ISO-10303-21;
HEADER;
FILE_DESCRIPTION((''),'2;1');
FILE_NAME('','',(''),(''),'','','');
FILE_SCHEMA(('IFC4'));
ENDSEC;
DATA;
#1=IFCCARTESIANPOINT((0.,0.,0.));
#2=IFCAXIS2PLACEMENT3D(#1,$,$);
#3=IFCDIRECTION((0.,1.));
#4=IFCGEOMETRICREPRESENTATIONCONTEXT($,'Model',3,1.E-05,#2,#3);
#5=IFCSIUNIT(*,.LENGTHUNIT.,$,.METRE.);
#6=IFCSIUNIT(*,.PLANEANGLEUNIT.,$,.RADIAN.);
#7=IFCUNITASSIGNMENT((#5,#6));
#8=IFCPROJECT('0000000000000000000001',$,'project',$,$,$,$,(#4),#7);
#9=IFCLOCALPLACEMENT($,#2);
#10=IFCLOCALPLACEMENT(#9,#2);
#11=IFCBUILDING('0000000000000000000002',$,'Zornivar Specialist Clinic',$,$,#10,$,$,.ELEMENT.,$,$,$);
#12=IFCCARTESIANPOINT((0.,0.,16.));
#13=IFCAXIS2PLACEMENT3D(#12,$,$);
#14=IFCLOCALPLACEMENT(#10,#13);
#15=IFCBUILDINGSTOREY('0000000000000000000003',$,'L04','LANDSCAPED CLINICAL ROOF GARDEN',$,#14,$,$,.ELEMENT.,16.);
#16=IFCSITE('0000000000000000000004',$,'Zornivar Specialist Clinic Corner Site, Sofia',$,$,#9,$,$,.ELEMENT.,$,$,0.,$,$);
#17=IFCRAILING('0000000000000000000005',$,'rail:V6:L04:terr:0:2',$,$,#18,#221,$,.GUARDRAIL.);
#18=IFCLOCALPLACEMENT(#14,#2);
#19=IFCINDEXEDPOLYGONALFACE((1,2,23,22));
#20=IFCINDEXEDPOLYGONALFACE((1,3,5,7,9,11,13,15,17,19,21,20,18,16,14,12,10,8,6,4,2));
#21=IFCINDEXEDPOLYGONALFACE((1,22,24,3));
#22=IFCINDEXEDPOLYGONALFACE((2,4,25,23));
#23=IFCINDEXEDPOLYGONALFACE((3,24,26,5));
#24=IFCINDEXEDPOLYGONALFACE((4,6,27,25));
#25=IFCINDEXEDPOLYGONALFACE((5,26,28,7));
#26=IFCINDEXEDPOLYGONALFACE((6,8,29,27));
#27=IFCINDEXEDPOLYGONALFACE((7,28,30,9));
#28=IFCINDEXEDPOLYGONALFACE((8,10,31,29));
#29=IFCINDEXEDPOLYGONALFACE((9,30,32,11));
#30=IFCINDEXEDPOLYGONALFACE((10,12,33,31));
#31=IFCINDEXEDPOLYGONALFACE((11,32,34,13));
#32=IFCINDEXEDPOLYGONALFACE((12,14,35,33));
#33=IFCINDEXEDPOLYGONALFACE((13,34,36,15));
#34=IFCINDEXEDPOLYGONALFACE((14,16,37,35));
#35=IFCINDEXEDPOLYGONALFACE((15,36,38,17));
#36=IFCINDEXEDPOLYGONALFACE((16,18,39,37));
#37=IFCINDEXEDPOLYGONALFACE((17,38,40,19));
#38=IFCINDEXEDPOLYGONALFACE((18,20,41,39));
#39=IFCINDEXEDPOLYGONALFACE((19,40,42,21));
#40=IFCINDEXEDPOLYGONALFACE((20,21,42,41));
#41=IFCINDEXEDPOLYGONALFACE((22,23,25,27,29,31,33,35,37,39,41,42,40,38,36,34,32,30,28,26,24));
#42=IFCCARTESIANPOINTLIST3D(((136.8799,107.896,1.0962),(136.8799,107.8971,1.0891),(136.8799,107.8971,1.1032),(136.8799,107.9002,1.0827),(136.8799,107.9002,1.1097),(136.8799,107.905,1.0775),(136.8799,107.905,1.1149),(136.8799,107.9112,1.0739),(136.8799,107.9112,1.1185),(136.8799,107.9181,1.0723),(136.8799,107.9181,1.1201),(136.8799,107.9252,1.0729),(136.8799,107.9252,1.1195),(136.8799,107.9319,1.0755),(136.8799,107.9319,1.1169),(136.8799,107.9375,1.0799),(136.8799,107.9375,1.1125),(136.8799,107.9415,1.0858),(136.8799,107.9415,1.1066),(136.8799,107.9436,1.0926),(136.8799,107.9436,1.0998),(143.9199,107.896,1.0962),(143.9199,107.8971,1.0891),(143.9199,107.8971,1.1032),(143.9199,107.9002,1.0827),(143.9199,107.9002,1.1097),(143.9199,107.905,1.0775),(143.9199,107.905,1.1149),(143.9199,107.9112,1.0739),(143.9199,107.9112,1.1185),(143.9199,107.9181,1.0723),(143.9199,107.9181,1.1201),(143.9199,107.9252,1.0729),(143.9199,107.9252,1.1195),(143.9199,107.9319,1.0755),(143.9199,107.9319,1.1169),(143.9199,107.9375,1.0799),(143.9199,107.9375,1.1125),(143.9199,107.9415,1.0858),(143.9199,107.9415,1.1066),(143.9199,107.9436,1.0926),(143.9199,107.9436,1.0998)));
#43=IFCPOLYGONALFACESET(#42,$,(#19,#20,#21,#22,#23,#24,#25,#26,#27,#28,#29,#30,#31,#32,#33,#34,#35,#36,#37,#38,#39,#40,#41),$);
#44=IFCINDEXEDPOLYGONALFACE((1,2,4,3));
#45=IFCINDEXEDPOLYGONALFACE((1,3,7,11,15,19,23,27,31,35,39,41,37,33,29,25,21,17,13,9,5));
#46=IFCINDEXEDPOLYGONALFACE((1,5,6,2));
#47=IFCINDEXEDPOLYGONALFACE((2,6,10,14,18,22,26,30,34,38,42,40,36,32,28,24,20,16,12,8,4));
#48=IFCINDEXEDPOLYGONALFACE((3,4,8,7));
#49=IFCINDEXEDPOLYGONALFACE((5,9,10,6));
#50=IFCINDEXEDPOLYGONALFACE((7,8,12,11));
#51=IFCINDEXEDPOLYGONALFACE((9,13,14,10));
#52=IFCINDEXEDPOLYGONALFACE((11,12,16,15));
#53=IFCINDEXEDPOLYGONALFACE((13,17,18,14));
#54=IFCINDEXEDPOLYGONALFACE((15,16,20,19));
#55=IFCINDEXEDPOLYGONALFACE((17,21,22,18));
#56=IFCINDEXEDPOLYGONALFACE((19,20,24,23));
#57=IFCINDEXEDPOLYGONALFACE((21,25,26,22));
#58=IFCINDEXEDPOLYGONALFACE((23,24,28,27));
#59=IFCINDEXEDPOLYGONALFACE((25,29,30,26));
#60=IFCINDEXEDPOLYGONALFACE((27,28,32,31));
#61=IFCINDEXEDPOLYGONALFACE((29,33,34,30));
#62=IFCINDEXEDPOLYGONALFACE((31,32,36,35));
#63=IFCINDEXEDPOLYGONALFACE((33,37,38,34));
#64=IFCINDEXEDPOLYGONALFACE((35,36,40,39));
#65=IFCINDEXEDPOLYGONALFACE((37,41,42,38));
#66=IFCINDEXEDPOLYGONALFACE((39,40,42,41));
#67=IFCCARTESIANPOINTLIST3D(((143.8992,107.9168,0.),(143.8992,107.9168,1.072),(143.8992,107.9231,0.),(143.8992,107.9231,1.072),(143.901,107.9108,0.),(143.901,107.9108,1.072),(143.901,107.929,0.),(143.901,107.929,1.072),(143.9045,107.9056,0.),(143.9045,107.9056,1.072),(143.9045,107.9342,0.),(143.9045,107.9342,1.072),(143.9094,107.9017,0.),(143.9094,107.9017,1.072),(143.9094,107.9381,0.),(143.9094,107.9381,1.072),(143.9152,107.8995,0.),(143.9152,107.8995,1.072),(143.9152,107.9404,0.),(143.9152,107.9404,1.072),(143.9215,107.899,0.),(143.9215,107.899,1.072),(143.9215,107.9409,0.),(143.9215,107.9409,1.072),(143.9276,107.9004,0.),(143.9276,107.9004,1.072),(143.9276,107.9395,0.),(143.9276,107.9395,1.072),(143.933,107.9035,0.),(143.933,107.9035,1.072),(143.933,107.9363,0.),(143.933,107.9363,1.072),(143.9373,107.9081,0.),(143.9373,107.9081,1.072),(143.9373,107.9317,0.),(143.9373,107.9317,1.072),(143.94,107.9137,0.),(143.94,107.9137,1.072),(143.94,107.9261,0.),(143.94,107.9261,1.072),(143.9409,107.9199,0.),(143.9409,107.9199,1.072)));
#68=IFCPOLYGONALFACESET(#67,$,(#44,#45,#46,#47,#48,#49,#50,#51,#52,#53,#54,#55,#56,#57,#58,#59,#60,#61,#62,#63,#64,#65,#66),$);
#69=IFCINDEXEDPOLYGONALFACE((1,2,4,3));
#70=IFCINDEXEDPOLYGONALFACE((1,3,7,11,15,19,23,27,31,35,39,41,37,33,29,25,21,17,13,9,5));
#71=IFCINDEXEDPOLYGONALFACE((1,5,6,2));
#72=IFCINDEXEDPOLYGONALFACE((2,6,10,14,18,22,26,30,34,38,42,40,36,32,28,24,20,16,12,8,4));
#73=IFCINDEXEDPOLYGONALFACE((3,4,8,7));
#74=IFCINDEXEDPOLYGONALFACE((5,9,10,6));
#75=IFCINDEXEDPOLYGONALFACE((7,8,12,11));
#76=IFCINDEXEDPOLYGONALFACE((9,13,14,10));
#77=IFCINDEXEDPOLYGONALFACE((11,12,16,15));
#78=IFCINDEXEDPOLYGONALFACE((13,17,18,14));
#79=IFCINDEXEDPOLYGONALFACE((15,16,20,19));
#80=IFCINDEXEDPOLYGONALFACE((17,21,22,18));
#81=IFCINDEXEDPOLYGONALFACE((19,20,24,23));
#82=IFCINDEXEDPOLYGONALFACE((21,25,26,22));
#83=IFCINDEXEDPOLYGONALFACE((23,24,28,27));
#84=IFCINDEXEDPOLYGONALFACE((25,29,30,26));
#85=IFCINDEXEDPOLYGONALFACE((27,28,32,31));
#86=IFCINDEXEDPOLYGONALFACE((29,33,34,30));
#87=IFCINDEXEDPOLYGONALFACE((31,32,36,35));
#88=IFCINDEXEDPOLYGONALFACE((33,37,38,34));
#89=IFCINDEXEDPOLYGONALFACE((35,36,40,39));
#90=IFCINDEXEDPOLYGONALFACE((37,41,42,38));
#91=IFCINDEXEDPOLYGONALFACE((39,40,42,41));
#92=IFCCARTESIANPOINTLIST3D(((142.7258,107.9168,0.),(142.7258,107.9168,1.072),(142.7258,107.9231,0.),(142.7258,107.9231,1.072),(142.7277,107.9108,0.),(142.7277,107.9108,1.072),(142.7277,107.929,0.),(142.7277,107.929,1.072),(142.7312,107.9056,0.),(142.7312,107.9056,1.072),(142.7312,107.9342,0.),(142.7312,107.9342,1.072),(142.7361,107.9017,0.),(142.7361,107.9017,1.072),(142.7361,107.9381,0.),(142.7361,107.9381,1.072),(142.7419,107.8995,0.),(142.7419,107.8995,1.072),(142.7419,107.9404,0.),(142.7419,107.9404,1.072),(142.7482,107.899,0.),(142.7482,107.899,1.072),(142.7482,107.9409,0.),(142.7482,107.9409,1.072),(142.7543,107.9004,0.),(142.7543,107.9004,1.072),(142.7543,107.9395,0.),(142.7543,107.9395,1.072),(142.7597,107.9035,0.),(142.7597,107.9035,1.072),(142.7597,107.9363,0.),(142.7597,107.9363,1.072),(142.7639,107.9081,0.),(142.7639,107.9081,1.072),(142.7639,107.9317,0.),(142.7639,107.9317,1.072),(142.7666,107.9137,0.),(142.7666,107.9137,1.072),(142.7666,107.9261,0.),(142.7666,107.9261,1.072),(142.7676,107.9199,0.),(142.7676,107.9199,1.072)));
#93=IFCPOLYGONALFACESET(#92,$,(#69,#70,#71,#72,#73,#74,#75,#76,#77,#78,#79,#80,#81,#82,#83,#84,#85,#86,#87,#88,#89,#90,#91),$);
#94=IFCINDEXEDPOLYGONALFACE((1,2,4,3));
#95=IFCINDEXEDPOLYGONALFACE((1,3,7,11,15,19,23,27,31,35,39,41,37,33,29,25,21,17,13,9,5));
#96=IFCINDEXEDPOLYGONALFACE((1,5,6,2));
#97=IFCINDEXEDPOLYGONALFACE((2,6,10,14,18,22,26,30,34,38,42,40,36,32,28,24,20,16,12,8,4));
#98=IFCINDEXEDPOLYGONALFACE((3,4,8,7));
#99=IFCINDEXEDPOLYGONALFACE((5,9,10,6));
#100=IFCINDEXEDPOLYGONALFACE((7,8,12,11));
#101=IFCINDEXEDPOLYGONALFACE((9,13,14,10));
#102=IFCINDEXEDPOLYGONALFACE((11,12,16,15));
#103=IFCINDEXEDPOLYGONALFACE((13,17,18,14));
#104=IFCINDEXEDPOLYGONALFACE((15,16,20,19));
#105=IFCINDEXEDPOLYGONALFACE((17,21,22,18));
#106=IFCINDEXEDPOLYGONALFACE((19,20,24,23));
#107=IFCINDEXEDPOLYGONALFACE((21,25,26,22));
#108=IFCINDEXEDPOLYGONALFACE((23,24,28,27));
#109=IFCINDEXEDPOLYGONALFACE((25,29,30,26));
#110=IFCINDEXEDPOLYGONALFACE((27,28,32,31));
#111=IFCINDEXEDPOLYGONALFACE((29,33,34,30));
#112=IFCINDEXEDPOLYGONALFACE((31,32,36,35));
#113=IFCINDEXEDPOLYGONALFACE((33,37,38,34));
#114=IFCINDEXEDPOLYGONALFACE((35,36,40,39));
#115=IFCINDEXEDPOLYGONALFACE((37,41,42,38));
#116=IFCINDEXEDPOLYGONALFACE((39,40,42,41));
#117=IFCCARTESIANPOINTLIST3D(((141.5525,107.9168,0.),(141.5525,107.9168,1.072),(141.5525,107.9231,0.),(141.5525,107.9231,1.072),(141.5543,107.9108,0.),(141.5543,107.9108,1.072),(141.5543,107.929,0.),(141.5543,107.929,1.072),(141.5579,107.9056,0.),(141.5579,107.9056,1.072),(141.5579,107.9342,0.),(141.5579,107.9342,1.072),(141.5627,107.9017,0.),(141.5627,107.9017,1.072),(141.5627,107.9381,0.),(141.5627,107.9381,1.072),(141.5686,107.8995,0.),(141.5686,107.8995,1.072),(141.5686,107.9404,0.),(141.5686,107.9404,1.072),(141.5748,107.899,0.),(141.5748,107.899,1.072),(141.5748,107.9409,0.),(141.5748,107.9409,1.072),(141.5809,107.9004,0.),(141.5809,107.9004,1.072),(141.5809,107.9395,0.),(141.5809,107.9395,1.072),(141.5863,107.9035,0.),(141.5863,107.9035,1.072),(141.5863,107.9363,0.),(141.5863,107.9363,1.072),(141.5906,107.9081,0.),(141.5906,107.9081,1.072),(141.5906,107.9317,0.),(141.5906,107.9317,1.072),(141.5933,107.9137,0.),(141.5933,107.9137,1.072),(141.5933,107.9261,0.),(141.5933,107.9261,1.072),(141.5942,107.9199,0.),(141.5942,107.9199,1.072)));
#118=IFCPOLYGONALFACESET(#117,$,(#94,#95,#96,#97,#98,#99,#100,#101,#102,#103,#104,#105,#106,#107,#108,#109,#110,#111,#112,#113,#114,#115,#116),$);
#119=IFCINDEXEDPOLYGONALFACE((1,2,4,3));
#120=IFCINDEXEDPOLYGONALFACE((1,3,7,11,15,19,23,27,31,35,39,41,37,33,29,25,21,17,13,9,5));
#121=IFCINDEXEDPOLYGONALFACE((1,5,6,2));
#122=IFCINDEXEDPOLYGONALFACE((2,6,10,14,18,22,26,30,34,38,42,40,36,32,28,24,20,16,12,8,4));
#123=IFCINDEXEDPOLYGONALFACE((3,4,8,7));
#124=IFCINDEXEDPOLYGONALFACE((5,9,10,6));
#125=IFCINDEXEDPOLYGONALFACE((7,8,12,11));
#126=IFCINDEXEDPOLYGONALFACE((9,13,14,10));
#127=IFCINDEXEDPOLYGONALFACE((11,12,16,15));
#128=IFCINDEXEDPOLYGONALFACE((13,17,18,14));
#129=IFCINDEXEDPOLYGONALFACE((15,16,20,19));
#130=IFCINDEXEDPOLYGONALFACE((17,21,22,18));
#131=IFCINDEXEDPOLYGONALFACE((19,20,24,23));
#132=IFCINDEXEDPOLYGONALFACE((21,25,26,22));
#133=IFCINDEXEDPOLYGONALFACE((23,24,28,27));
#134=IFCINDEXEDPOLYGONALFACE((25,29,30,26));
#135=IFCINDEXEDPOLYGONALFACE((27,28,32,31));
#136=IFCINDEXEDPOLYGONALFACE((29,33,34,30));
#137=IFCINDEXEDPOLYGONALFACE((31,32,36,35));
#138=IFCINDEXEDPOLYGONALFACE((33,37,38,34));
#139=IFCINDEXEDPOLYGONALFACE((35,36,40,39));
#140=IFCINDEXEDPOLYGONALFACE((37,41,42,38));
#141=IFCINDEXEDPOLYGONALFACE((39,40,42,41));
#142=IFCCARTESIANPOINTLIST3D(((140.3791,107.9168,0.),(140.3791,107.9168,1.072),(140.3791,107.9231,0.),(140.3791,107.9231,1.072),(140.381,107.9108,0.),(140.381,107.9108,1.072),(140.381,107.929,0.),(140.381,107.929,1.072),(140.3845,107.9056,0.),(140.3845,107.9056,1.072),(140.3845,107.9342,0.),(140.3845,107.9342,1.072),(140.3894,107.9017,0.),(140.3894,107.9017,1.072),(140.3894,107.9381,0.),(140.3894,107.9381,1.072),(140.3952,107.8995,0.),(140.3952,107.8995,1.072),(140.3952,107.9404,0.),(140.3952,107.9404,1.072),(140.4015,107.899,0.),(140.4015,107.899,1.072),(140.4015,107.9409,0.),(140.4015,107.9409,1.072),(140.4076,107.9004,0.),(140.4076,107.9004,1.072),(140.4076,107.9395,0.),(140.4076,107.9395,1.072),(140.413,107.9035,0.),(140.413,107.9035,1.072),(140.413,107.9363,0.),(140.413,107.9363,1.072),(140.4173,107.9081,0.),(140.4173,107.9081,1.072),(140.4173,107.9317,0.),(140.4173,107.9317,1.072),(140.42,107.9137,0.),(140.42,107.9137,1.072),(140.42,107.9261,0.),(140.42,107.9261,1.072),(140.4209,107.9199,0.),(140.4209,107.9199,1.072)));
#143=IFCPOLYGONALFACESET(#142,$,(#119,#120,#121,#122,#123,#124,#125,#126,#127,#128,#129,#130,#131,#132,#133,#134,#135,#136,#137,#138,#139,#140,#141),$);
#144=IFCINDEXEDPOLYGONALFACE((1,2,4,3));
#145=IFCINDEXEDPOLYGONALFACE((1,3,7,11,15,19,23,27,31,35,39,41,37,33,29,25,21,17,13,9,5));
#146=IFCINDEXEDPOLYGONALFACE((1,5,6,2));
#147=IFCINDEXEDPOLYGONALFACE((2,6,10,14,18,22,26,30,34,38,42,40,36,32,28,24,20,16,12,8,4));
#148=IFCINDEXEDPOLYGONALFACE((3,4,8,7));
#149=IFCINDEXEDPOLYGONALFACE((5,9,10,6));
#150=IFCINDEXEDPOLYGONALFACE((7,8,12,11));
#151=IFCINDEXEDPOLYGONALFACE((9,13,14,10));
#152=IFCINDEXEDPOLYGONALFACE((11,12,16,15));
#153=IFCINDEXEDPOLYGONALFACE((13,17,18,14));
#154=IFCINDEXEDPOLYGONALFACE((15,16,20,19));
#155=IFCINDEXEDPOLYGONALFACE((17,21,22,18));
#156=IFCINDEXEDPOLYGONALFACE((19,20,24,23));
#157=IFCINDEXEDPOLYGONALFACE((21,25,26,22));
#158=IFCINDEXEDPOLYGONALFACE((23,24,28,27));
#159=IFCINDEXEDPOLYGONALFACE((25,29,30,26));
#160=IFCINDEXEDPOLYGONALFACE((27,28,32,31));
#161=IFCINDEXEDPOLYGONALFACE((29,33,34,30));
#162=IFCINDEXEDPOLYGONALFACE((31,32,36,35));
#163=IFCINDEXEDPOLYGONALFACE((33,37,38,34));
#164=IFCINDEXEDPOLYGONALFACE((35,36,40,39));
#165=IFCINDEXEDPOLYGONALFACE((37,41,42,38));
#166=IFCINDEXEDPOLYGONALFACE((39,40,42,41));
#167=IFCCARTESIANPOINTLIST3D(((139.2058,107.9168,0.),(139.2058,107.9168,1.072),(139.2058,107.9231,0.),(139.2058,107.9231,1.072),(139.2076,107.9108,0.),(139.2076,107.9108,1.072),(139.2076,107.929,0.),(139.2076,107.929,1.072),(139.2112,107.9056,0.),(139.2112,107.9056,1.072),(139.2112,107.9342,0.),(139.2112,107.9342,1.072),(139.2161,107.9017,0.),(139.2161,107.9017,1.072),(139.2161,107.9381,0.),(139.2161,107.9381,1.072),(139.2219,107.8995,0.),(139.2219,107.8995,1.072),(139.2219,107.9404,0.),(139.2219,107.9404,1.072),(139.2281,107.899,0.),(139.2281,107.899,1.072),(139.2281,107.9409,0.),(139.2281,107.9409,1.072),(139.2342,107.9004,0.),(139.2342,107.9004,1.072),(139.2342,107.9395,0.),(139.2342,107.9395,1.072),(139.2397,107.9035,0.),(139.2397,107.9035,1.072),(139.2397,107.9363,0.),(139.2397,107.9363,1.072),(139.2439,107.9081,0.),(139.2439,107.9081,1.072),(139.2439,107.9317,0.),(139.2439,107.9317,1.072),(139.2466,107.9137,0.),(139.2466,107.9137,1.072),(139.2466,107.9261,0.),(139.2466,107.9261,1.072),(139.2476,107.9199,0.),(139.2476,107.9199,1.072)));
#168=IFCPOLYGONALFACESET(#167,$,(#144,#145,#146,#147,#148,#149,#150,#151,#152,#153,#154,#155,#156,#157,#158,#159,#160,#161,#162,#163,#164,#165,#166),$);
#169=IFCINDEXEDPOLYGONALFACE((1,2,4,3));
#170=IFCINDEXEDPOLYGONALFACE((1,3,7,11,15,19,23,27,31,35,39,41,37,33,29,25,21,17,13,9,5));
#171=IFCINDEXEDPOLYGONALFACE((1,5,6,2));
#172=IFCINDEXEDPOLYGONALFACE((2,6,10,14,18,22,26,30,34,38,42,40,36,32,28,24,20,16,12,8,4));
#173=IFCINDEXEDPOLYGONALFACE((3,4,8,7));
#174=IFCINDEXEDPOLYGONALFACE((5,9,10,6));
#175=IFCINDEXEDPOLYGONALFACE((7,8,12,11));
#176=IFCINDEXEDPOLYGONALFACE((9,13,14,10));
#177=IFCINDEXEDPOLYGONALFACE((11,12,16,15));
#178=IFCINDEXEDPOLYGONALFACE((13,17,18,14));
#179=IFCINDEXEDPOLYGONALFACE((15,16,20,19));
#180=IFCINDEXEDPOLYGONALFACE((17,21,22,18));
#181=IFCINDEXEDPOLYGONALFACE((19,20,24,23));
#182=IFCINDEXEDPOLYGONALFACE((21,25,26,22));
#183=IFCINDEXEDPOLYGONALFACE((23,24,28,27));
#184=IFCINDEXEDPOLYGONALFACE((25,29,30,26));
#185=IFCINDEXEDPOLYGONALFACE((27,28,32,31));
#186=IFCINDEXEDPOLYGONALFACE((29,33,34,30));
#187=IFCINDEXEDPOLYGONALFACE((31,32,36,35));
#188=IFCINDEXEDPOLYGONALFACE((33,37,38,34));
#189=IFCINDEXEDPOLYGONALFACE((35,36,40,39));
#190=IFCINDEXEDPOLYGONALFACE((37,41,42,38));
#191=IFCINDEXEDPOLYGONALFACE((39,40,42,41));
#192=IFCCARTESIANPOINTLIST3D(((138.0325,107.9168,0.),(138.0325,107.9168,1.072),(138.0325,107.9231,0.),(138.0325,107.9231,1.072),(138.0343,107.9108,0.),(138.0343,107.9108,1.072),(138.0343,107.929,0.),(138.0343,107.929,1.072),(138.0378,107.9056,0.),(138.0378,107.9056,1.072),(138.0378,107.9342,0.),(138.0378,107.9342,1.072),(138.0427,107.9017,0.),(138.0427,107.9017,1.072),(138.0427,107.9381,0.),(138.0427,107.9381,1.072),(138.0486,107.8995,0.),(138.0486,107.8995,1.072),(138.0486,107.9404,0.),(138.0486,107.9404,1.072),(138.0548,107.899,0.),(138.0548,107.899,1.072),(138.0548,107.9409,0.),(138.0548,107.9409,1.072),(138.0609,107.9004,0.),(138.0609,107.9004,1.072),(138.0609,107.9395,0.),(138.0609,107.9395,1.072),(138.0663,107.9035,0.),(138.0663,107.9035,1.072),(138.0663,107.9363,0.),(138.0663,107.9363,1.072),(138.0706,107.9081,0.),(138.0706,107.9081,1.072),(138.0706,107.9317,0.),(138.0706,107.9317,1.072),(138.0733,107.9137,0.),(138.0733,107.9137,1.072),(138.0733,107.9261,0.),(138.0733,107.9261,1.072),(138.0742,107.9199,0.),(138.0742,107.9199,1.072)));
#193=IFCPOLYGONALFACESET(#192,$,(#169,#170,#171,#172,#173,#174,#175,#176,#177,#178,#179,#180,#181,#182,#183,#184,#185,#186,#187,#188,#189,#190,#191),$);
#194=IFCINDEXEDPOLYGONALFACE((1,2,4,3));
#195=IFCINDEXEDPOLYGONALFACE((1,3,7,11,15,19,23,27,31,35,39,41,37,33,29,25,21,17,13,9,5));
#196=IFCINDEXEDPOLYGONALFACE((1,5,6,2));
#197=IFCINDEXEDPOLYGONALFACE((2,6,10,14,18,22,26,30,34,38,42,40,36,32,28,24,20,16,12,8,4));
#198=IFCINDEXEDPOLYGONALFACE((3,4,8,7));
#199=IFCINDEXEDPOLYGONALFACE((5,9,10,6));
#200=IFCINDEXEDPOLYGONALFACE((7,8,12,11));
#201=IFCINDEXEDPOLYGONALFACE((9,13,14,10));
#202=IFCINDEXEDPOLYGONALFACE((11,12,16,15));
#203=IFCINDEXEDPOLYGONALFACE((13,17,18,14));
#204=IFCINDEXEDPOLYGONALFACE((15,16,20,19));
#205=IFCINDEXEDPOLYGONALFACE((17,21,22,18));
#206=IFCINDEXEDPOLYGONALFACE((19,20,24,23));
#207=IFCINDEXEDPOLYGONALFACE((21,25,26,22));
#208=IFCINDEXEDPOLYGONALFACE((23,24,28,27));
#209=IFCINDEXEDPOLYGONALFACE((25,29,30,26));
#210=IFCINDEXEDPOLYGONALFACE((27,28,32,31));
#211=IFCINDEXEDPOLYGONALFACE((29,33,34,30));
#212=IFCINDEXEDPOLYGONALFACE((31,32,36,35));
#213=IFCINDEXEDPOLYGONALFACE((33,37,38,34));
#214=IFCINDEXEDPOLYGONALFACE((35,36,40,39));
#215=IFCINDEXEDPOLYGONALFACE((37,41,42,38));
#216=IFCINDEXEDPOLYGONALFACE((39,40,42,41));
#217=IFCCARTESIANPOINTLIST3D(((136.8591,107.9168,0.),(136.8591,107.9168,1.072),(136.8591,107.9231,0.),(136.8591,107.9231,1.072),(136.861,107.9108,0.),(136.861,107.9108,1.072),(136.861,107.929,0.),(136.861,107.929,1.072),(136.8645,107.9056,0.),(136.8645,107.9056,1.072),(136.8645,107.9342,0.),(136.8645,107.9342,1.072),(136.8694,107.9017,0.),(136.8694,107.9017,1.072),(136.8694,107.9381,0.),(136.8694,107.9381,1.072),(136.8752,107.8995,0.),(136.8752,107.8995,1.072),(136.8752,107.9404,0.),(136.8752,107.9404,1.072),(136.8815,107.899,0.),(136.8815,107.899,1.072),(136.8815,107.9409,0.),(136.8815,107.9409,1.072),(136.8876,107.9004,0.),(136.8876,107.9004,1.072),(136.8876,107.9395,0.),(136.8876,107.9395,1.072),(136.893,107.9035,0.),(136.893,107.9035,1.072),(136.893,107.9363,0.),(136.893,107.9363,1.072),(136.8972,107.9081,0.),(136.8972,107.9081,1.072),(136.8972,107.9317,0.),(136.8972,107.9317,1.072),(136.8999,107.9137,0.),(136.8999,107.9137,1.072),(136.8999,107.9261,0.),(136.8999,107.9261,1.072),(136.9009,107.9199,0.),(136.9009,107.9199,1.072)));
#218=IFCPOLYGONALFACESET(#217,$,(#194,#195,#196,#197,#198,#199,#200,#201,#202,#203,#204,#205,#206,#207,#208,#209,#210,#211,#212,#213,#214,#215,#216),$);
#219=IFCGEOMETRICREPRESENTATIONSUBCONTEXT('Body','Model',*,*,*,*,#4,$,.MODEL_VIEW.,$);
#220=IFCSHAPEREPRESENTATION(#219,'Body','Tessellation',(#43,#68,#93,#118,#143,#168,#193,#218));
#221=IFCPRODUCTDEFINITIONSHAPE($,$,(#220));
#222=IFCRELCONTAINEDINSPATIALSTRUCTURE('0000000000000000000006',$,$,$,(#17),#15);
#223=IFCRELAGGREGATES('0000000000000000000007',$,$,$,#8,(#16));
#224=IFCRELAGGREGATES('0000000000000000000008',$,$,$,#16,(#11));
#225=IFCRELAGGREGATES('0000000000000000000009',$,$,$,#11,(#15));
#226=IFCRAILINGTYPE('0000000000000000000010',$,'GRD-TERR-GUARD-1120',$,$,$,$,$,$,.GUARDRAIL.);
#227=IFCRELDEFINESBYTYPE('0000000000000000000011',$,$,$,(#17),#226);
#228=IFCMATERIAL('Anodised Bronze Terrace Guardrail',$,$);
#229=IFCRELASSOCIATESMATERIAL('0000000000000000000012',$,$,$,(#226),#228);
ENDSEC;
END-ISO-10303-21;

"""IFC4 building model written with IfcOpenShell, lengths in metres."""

from ifc_helpers import new_model, si_unit, direction, frame, origin, origin_2d, place, context, subcontext, project, spatial, circle, extrude, material, type_object, element, save


model = new_model("IFC4")

# Units and contexts
model_context = context("Model", 3, precision=1e-05, world=origin(), true_north=direction((0.0, 1.0)))
body_context = subcontext(model_context, "Body", "Model", "MODEL_VIEW")
ifc_project = project(units=[si_unit("LENGTHUNIT", "METRE"), si_unit("PLANEANGLEUNIT", "RADIAN")], contexts=[model_context])

# Site, building, storey
site_placement = place(None, origin())
site = spatial("IfcSite", under=ifc_project, at=site_placement, Name="Zornivar Specialist Clinic Corner Site, Sofia", CompositionType="ELEMENT", RefElevation=0.0)
building_placement = place(site_placement, origin())
building = spatial("IfcBuilding", under=site, at=building_placement, Name="Zornivar Specialist Clinic", CompositionType="ELEMENT")
storey_placement = place(building_placement, frame((0.0, 0.0, 16.0)))
storey = spatial("IfcBuildingStorey", under=building, at=storey_placement, Name="L04", Description="LANDSCAPED CLINICAL ROOF GARDEN", CompositionType="ELEMENT", Elevation=16.0)

# Railing
ifc_material_1 = material(Name="Anodised Bronze Terrace Guardrail")
railing_type_1 = type_object("IfcRailingType", Name="GRD-TERR-GUARD-1120", PredefinedType="GUARDRAIL", material=ifc_material_1)
railing_1_placement = place(storey_placement, frame((143.9199, 107.9199, 0.0)))
element("IfcRailing", 1, at=railing_1_placement, inside=storey, type_object=railing_type_1, Name="rail:V6:L04:terr:0:2", PredefinedType="GUARDRAIL", context=body_context, shape_type="SweptSolid", body=[
    extrude(circle(Radius=0.0239, at=origin_2d()), frame((0.0, 0.0, 1.0962), z_axis=(-1.0, 0.0, 0.0), x_axis=(0.0, -1.0, 0.0)), (0.0, 0.0, 1.0), 7.04),
    extrude(circle(Radius=0.021, at=origin_2d()), origin(), (0.0, 0.0, 1.0), 1.072),
    extrude(circle(Radius=0.021, at=origin_2d()), frame((-1.1733, 0.0, 0.0)), (0.0, 0.0, 1.0), 1.072),
    extrude(circle(Radius=0.021, at=origin_2d()), frame((-2.3467, 0.0, 0.0)), (0.0, 0.0, 1.0), 1.072),
    extrude(circle(Radius=0.021, at=origin_2d()), frame((-3.52, 0.0, 0.0)), (0.0, 0.0, 1.0), 1.072),
    extrude(circle(Radius=0.021, at=origin_2d()), frame((-4.6934, 0.0, 0.0)), (0.0, 0.0, 1.0), 1.072),
    extrude(circle(Radius=0.021, at=origin_2d()), frame((-5.8667, 0.0, 0.0)), (0.0, 0.0, 1.0), 1.072),
    extrude(circle(Radius=0.021, at=origin_2d()), frame((-7.04, 0.0, 0.0)), (0.0, 0.0, 1.0), 1.072),
])

save(model, "model.ifc")
